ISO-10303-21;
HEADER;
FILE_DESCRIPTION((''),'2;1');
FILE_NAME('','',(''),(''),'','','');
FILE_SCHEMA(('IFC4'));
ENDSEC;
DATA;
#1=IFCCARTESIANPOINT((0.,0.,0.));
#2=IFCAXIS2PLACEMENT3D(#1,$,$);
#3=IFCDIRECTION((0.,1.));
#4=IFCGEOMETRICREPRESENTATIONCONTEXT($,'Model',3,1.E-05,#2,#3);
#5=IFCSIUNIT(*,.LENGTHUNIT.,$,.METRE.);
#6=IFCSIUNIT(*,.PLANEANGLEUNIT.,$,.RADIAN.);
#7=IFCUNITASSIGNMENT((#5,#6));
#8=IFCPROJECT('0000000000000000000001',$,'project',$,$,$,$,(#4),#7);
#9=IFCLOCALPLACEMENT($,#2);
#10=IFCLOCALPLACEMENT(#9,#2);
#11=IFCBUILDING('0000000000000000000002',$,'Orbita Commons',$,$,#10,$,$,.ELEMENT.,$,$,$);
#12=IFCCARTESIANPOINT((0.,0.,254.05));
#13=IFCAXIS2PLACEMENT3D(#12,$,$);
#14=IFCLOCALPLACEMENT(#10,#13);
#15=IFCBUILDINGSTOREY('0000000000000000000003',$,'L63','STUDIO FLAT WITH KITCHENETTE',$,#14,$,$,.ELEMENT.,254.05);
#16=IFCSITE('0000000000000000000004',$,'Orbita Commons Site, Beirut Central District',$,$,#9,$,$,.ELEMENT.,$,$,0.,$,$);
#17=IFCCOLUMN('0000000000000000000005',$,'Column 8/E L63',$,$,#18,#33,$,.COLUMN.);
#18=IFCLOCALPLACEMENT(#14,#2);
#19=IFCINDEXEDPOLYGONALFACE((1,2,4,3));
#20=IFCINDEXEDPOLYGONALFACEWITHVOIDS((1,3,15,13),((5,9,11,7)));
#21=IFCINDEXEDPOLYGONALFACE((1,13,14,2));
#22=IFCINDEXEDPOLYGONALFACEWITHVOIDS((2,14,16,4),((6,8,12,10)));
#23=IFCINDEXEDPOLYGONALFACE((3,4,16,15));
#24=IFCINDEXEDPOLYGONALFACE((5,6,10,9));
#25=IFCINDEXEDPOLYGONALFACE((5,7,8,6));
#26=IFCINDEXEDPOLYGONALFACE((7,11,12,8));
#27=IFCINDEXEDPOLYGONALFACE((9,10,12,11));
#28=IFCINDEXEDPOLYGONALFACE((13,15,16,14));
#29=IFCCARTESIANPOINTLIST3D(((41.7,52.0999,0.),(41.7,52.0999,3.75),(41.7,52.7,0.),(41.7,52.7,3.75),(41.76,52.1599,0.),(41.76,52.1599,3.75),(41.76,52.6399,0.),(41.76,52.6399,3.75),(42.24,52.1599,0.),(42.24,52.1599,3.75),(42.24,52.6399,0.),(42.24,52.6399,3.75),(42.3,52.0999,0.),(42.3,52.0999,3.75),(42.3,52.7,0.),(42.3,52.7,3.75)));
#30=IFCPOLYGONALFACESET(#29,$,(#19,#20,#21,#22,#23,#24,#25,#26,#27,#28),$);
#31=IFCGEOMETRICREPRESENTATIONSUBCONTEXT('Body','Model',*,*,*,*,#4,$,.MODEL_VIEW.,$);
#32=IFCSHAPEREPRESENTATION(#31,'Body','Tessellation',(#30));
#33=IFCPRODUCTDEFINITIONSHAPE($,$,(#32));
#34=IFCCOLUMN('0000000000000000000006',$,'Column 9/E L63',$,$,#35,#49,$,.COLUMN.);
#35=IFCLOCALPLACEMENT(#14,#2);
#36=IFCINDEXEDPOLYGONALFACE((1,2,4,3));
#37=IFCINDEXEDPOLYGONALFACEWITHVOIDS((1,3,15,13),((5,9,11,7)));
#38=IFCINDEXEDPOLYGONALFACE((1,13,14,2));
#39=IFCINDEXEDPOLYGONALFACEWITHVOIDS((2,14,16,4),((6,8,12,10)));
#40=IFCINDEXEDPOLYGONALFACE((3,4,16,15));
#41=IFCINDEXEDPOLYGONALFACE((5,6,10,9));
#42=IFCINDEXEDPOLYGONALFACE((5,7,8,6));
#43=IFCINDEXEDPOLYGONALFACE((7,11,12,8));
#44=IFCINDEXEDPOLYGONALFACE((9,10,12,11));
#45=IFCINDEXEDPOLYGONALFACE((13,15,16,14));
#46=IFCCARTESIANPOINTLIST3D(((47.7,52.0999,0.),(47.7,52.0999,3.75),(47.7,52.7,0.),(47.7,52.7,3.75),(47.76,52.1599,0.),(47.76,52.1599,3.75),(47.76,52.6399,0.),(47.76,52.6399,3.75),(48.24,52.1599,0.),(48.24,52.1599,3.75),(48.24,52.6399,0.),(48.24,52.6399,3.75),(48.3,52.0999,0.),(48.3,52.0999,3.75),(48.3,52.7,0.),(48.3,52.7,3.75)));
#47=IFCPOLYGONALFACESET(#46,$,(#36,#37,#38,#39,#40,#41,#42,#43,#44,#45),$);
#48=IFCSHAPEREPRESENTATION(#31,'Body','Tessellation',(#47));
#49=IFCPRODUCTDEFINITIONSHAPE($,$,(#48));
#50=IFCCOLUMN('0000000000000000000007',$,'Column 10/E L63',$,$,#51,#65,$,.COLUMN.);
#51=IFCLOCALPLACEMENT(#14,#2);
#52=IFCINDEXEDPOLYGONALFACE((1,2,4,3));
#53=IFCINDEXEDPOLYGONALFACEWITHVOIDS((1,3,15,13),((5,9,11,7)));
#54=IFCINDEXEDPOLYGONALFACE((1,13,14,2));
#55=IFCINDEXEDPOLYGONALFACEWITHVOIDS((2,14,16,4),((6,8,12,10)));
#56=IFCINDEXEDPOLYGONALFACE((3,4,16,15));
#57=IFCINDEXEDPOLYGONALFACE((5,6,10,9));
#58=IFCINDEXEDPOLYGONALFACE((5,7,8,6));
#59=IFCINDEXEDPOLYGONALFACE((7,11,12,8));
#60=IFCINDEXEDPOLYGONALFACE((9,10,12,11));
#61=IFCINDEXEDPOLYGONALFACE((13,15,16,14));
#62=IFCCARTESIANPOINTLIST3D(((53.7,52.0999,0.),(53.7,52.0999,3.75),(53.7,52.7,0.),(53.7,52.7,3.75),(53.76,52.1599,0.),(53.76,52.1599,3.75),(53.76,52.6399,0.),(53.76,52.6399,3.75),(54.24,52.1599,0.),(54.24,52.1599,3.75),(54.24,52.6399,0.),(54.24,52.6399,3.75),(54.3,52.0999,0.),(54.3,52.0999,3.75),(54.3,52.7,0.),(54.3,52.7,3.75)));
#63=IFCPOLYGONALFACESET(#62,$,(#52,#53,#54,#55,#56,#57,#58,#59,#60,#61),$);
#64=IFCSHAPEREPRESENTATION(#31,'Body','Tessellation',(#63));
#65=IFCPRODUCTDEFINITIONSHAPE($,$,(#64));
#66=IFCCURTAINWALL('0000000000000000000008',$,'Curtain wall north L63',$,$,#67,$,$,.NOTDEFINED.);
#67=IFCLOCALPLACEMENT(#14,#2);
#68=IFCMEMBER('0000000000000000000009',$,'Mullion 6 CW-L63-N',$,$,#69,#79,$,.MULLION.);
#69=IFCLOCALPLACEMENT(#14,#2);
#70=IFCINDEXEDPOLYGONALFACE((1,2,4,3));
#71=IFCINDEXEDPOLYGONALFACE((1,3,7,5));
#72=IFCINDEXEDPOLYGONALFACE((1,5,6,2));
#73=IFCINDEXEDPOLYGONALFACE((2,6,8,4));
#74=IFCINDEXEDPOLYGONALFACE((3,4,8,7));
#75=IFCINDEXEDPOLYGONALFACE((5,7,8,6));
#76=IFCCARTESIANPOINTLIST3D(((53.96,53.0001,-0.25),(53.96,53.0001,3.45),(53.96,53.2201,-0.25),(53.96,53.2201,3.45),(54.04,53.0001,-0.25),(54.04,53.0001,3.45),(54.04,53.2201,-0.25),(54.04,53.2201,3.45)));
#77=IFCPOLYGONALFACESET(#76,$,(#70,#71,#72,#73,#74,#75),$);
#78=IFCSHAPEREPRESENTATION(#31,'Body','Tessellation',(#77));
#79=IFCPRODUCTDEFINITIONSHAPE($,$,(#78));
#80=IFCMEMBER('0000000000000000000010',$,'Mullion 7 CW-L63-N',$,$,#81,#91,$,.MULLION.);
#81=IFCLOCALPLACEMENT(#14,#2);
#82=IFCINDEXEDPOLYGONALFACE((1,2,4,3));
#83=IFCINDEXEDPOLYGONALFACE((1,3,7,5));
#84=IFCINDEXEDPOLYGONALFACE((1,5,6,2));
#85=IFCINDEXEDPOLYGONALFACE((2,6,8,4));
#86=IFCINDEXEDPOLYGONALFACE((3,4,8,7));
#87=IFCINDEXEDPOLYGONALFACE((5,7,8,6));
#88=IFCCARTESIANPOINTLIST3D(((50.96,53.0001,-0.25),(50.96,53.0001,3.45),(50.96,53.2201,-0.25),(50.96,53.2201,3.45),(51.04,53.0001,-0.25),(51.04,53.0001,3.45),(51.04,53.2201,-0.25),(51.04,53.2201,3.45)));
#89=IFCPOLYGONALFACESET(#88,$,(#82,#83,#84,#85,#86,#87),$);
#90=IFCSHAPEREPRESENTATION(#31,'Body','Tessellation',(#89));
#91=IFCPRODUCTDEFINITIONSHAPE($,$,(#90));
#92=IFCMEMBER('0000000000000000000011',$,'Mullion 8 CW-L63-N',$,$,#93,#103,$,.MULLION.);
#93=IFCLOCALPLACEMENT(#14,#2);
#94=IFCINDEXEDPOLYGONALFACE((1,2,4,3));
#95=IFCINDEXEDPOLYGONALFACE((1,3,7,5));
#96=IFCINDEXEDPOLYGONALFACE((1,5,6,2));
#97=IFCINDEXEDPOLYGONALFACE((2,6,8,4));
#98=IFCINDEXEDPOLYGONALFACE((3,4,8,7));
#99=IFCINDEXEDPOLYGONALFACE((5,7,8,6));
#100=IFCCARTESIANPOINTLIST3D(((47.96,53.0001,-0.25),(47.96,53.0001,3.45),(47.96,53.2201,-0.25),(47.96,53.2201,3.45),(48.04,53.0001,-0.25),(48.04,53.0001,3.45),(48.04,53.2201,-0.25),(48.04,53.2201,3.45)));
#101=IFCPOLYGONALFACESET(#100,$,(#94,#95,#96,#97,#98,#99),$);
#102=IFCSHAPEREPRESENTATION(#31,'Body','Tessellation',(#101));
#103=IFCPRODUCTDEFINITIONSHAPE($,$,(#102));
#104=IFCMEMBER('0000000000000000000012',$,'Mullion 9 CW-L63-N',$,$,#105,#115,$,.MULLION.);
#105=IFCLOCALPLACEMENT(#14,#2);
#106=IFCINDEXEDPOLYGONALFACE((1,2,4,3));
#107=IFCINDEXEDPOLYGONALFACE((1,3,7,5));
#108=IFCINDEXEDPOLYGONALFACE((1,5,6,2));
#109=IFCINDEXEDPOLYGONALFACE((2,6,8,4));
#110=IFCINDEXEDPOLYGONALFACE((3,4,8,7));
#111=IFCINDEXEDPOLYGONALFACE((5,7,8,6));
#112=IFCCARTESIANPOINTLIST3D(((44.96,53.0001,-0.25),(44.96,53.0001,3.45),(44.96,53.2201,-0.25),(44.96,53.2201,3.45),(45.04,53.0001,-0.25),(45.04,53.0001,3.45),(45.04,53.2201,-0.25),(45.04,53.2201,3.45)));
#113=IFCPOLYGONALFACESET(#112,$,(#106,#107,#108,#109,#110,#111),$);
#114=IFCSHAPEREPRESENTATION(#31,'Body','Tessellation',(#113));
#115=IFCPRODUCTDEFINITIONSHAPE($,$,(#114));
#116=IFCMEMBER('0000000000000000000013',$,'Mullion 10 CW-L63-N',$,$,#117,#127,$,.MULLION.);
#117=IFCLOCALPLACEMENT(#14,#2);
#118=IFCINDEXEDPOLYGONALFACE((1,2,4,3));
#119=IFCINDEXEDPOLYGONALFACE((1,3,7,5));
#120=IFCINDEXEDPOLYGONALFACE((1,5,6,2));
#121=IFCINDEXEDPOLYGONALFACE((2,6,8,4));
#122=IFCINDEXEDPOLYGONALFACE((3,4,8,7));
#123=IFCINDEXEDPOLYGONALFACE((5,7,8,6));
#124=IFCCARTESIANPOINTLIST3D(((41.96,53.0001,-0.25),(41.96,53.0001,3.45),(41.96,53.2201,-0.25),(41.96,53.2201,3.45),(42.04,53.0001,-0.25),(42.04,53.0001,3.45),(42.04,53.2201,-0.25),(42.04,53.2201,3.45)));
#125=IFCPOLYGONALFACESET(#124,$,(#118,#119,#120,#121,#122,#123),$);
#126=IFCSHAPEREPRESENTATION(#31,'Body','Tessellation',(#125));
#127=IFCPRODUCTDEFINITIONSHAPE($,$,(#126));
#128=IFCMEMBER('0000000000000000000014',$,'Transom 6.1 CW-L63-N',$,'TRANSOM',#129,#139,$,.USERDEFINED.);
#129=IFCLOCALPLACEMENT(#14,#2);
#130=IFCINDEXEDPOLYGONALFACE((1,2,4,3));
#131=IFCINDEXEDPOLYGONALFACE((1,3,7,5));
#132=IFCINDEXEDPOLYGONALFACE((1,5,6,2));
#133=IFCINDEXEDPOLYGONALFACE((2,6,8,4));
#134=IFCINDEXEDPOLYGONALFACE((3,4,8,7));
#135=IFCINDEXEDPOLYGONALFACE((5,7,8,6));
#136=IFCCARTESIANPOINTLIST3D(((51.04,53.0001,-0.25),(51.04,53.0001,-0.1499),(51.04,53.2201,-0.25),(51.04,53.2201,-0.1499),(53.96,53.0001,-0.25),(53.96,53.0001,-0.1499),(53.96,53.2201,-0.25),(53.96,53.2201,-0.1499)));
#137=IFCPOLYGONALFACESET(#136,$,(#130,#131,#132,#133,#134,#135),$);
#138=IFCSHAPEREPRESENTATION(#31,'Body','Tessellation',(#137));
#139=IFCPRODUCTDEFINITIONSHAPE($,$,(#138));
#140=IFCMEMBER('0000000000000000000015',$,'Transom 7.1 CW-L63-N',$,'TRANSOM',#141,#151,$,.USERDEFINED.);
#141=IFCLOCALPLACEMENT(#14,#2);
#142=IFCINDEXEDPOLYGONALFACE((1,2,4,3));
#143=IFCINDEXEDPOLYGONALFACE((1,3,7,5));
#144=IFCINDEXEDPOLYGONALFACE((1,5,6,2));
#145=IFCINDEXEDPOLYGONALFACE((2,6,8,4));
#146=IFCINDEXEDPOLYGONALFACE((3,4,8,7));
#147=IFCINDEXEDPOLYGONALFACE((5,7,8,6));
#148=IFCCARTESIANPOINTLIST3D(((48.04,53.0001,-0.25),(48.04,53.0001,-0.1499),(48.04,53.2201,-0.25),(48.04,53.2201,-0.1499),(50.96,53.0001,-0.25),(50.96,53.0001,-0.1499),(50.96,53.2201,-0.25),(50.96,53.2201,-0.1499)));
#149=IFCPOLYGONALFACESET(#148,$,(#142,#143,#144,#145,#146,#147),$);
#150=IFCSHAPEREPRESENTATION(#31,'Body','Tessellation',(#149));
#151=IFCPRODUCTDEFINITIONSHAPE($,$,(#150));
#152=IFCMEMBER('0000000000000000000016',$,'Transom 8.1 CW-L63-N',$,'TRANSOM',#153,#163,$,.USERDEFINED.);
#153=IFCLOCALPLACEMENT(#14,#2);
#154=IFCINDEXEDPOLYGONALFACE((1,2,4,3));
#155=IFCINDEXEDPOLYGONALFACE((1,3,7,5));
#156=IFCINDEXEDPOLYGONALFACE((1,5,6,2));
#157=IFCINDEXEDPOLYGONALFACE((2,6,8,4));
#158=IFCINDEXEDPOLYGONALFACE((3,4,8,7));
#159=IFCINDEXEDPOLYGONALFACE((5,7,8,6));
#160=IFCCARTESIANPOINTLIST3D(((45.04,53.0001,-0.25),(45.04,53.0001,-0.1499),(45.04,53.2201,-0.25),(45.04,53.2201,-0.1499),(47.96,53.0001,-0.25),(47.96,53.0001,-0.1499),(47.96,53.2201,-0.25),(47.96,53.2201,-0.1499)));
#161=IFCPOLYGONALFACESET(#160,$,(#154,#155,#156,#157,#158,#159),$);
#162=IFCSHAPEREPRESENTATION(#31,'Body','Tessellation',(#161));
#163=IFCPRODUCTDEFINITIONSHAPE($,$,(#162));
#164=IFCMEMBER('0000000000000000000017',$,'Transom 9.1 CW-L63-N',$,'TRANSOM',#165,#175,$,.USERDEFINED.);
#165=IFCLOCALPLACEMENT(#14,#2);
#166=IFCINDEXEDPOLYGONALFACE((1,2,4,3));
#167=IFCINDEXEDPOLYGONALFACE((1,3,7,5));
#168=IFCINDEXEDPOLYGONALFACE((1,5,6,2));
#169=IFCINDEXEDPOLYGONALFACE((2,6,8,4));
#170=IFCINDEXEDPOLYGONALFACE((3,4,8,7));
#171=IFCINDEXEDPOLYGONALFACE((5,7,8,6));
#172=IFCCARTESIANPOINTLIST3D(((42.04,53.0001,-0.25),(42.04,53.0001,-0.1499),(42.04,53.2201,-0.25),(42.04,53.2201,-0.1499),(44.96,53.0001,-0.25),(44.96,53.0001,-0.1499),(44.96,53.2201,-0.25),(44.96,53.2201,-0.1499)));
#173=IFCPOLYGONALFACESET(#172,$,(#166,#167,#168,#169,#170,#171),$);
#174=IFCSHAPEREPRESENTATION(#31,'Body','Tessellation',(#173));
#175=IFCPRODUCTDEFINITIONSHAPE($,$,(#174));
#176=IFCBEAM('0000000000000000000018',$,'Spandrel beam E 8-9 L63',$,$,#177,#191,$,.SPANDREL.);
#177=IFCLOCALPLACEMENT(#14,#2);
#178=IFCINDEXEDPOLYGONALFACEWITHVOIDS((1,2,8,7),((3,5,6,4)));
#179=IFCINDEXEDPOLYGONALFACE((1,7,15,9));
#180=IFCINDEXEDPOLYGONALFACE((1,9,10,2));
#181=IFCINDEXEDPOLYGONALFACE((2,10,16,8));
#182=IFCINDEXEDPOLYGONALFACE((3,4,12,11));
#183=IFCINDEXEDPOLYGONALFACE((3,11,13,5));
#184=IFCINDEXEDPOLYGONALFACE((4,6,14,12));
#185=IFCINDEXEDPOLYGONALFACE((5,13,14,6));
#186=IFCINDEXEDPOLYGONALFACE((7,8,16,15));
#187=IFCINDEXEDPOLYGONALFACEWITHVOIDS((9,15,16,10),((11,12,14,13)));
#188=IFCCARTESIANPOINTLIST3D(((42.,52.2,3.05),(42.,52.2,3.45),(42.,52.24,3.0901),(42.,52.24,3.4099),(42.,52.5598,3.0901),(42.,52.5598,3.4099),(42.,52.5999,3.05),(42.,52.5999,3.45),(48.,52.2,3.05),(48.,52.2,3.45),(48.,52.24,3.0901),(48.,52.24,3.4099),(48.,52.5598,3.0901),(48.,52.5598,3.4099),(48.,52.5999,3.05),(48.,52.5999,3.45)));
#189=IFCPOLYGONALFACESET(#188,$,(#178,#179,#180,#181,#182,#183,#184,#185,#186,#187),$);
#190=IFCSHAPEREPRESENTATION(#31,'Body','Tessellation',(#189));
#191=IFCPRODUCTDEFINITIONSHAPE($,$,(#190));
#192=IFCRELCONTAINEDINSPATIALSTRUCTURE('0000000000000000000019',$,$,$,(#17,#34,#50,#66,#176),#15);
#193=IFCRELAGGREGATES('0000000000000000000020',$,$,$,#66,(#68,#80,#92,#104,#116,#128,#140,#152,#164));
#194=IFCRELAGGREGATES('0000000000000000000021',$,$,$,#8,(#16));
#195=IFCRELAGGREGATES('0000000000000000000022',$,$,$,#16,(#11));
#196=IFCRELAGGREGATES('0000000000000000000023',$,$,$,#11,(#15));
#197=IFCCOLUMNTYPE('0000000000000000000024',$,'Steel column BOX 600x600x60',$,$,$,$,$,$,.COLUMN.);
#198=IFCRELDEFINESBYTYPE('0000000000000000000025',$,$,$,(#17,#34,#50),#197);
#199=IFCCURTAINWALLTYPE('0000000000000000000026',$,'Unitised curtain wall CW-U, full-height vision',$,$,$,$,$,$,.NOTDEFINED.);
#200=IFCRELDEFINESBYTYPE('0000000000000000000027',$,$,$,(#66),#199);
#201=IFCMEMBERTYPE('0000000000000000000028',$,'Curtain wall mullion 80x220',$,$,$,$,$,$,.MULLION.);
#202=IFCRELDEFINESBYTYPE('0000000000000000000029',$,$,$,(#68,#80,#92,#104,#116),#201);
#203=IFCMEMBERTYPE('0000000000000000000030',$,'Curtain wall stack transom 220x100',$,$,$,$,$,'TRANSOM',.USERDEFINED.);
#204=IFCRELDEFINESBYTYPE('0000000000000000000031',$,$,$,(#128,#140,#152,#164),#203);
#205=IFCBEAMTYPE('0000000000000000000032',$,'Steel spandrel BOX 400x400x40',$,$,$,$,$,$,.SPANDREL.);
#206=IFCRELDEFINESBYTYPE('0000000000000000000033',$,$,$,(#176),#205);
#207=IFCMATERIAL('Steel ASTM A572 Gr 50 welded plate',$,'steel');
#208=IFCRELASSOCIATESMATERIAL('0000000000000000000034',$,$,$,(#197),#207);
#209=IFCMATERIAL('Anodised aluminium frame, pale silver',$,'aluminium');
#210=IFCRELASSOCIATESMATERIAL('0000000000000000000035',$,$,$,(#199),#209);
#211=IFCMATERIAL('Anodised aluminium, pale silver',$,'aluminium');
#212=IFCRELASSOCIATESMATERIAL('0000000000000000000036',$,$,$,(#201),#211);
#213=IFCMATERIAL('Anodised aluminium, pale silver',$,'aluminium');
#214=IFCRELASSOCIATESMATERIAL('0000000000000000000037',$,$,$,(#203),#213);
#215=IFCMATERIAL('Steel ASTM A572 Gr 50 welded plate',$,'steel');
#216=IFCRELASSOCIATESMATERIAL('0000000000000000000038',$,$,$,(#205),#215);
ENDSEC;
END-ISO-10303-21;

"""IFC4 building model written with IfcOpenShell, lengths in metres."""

from ifc_helpers import new_model, si_unit, direction, frame, origin, origin_2d, place, context, subcontext, project, spatial, rectangle, hollow_rectangle, extrude, material, material_profile, profile_set, type_object, element, aggregate, save


model = new_model("IFC4")

# Units and contexts
model_context = context("Model", 3, precision=1e-05, world=origin(), true_north=direction((0.0, 1.0)))
body_context = subcontext(model_context, "Body", "Model", "MODEL_VIEW")
ifc_project = project(units=[si_unit("LENGTHUNIT", "METRE"), si_unit("PLANEANGLEUNIT", "RADIAN")], contexts=[model_context])

# Site, building, storey
site_placement = place(None, origin())
site = spatial("IfcSite", under=ifc_project, at=site_placement, Name="Orbita Commons Site, Beirut Central District", CompositionType="ELEMENT", RefElevation=0.0)
building_placement = place(site_placement, origin())
building = spatial("IfcBuilding", under=site, at=building_placement, Name="Orbita Commons", CompositionType="ELEMENT")
storey_placement = place(building_placement, frame((0.0, 0.0, 254.05)))
storey = spatial("IfcBuildingStorey", under=building, at=storey_placement, Name="L63", Description="STUDIO FLAT WITH KITCHENETTE", CompositionType="ELEMENT", Elevation=254.05)

# Columns
ifc_material_1 = material(Name="Steel ASTM A572 Gr 50 welded plate", Category="steel")
ifc_material_profile_1 = material_profile(ifc_material_1, hollow_rectangle(XDim=0.6001, YDim=0.6001, WallThickness=0.0601, at=origin_2d()), Name="BOX 600x600x60")
ifc_profile_set_1 = profile_set([ifc_material_profile_1], Name="Steel ASTM A572 Gr 50 welded plate")
column_type = type_object("IfcColumnType", Name="Steel column BOX 600x600x60", PredefinedType="COLUMN", material=ifc_profile_set_1)
for number, where, z_axis, x_axis, name in (
    (1, (42.0, 52.3999, 0.0), (0.0, 0.0, 1.0), (1.0, 0.0, 0.0), "Column 8/E L63"),
    (2, (48.0, 52.3999, 0.0), (0.0, 0.0, 1.0), (1.0, 0.0, 0.0), "Column 9/E L63"),
    (3, (54.0, 52.3999, 0.0), (0.0, 0.0, 1.0), (1.0, 0.0, 0.0), "Column 10/E L63"),
):
    element("IfcColumn", number, at=place(storey_placement, frame(where, z_axis=z_axis, x_axis=x_axis)), inside=storey, type_object=column_type, Name=name, PredefinedType="COLUMN", context=body_context, shape_type="SweptSolid", body=[
        extrude(hollow_rectangle(XDim=0.6001, YDim=0.6001, WallThickness=0.0601, at=origin_2d()), origin(), (0.0, 0.0, 1.0), 3.75),
    ])

# Curtain wall, members
ifc_material_2 = material(Name="Anodised aluminium frame, pale silver", Category="aluminium")
curtain_wall_type = type_object("IfcCurtainWallType", Name="Unitised curtain wall CW-U, full-height vision", PredefinedType="NOTDEFINED", material=ifc_material_2)
curtain_wall_placement = place(storey_placement, origin())
curtain_wall = element("IfcCurtainWall", 4, at=curtain_wall_placement, inside=storey, type_object=curtain_wall_type, Name="Curtain wall north L63", PredefinedType="NOTDEFINED")
ifc_material_3 = material(Name="Anodised aluminium, pale silver", Category="aluminium")
ifc_material_profile_2 = material_profile(ifc_material_3, rectangle(XDim=0.0801, YDim=0.22, at=origin_2d()), Name="AL 80x220")
ifc_profile_set_2 = profile_set([ifc_material_profile_2], Name="Anodised aluminium, pale silver")
member_type_1 = type_object("IfcMemberType", Name="Curtain wall mullion 80x220", PredefinedType="MULLION", material=ifc_profile_set_2)
member_1_placement = place(storey_placement, frame((54.0, 53.1101, -0.25), z_axis=(0.0, 0.0, 1.0), x_axis=(-1.0, 0.0, 0.0)))
member_1 = element("IfcMember", 5, at=member_1_placement, type_object=member_type_1, Name="Mullion 6 CW-L63-N", PredefinedType="MULLION", context=body_context, shape_type="SweptSolid", body=[
    extrude(rectangle(XDim=0.0801, YDim=0.22, at=origin_2d()), origin(), (0.0, 0.0, 1.0), 3.7),
])
member_2_placement = place(storey_placement, frame((51.0, 53.1101, -0.25), z_axis=(0.0, 0.0, 1.0), x_axis=(-1.0, 0.0, 0.0)))
member_2 = element("IfcMember", 6, at=member_2_placement, type_object=member_type_1, Name="Mullion 7 CW-L63-N", PredefinedType="MULLION", context=body_context, shape_type="SweptSolid", body=[
    extrude(rectangle(XDim=0.0801, YDim=0.22, at=origin_2d()), origin(), (0.0, 0.0, 1.0), 3.7),
])
member_3_placement = place(storey_placement, frame((48.0, 53.1101, -0.25), z_axis=(0.0, 0.0, 1.0), x_axis=(-1.0, 0.0, 0.0)))
member_3 = element("IfcMember", 7, at=member_3_placement, type_object=member_type_1, Name="Mullion 8 CW-L63-N", PredefinedType="MULLION", context=body_context, shape_type="SweptSolid", body=[
    extrude(rectangle(XDim=0.0801, YDim=0.22, at=origin_2d()), origin(), (0.0, 0.0, 1.0), 3.7),
])
member_4_placement = place(storey_placement, frame((45.0, 53.1101, -0.25), z_axis=(0.0, 0.0, 1.0), x_axis=(-1.0, 0.0, 0.0)))
member_4 = element("IfcMember", 8, at=member_4_placement, type_object=member_type_1, Name="Mullion 9 CW-L63-N", PredefinedType="MULLION", context=body_context, shape_type="SweptSolid", body=[
    extrude(rectangle(XDim=0.0801, YDim=0.22, at=origin_2d()), origin(), (0.0, 0.0, 1.0), 3.7),
])
member_5_placement = place(storey_placement, frame((42.0, 53.1101, -0.25), z_axis=(0.0, 0.0, 1.0), x_axis=(-1.0, 0.0, 0.0)))
member_5 = element("IfcMember", 9, at=member_5_placement, type_object=member_type_1, Name="Mullion 10 CW-L63-N", PredefinedType="MULLION", context=body_context, shape_type="SweptSolid", body=[
    extrude(rectangle(XDim=0.0801, YDim=0.22, at=origin_2d()), origin(), (0.0, 0.0, 1.0), 3.7),
])
ifc_material_4 = material(Name="Anodised aluminium, pale silver", Category="aluminium")
ifc_material_profile_3 = material_profile(ifc_material_4, rectangle(XDim=0.22, YDim=0.1001, at=origin_2d()), Name="AL 220x100")
ifc_profile_set_3 = profile_set([ifc_material_profile_3], Name="Anodised aluminium, pale silver")
member_type_2 = type_object("IfcMemberType", Name="Curtain wall stack transom 220x100", ElementType="TRANSOM", PredefinedType="USERDEFINED", material=ifc_profile_set_3)
member_6_placement = place(storey_placement, frame((53.96, 53.1101, -0.2), z_axis=(-1.0, 0.0, 0.0), x_axis=(0.0, -1.0, 0.0)))
member_6 = element("IfcMember", 10, at=member_6_placement, type_object=member_type_2, Name="Transom 6.1 CW-L63-N", ObjectType="TRANSOM", PredefinedType="USERDEFINED", context=body_context, shape_type="SweptSolid", body=[
    extrude(rectangle(XDim=0.22, YDim=0.1001, at=origin_2d()), origin(), (0.0, 0.0, 1.0), 2.9199),
])
member_7_placement = place(storey_placement, frame((50.96, 53.1101, -0.2), z_axis=(-1.0, 0.0, 0.0), x_axis=(0.0, -1.0, 0.0)))
member_7 = element("IfcMember", 11, at=member_7_placement, type_object=member_type_2, Name="Transom 7.1 CW-L63-N", ObjectType="TRANSOM", PredefinedType="USERDEFINED", context=body_context, shape_type="SweptSolid", body=[
    extrude(rectangle(XDim=0.22, YDim=0.1001, at=origin_2d()), origin(), (0.0, 0.0, 1.0), 2.9199),
])
member_8_placement = place(storey_placement, frame((47.96, 53.1101, -0.2), z_axis=(-1.0, 0.0, 0.0), x_axis=(0.0, -1.0, 0.0)))
member_8 = element("IfcMember", 12, at=member_8_placement, type_object=member_type_2, Name="Transom 8.1 CW-L63-N", ObjectType="TRANSOM", PredefinedType="USERDEFINED", context=body_context, shape_type="SweptSolid", body=[
    extrude(rectangle(XDim=0.22, YDim=0.1001, at=origin_2d()), origin(), (0.0, 0.0, 1.0), 2.9199),
])
member_9_placement = place(storey_placement, frame((44.96, 53.1101, -0.2), z_axis=(-1.0, 0.0, 0.0), x_axis=(0.0, -1.0, 0.0)))
member_9 = element("IfcMember", 13, at=member_9_placement, type_object=member_type_2, Name="Transom 9.1 CW-L63-N", ObjectType="TRANSOM", PredefinedType="USERDEFINED", context=body_context, shape_type="SweptSolid", body=[
    extrude(rectangle(XDim=0.22, YDim=0.1001, at=origin_2d()), origin(), (0.0, 0.0, 1.0), 2.9199),
])

# Beam
ifc_material_5 = material(Name="Steel ASTM A572 Gr 50 welded plate", Category="steel")
ifc_material_profile_4 = material_profile(ifc_material_5, hollow_rectangle(XDim=0.3999, YDim=0.3999, WallThickness=0.04, at=origin_2d()), Name="BOX 400x400x40")
ifc_profile_set_4 = profile_set([ifc_material_profile_4], Name="Steel ASTM A572 Gr 50 welded plate")
beam_type = type_object("IfcBeamType", Name="Steel spandrel BOX 400x400x40", PredefinedType="SPANDREL", material=ifc_profile_set_4)
for number, where, z_axis, x_axis, name in (
    (14, (42.0, 52.3999, 3.25), (1.0, 0.0, 0.0), (0.0, 1.0, 0.0), "Spandrel beam E 8-9 L63"),
):
    element("IfcBeam", number, at=place(storey_placement, frame(where, z_axis=z_axis, x_axis=x_axis)), inside=storey, type_object=beam_type, Name=name, PredefinedType="SPANDREL", context=body_context, shape_type="SweptSolid", body=[
        extrude(hollow_rectangle(XDim=0.3999, YDim=0.3999, WallThickness=0.04, at=origin_2d()), origin(), (0.0, 0.0, 1.0), 6.0),
    ])

aggregate(curtain_wall, [member_1, member_2, member_3, member_4, member_5, member_6, member_7, member_8, member_9])

save(model, "model.ifc")
